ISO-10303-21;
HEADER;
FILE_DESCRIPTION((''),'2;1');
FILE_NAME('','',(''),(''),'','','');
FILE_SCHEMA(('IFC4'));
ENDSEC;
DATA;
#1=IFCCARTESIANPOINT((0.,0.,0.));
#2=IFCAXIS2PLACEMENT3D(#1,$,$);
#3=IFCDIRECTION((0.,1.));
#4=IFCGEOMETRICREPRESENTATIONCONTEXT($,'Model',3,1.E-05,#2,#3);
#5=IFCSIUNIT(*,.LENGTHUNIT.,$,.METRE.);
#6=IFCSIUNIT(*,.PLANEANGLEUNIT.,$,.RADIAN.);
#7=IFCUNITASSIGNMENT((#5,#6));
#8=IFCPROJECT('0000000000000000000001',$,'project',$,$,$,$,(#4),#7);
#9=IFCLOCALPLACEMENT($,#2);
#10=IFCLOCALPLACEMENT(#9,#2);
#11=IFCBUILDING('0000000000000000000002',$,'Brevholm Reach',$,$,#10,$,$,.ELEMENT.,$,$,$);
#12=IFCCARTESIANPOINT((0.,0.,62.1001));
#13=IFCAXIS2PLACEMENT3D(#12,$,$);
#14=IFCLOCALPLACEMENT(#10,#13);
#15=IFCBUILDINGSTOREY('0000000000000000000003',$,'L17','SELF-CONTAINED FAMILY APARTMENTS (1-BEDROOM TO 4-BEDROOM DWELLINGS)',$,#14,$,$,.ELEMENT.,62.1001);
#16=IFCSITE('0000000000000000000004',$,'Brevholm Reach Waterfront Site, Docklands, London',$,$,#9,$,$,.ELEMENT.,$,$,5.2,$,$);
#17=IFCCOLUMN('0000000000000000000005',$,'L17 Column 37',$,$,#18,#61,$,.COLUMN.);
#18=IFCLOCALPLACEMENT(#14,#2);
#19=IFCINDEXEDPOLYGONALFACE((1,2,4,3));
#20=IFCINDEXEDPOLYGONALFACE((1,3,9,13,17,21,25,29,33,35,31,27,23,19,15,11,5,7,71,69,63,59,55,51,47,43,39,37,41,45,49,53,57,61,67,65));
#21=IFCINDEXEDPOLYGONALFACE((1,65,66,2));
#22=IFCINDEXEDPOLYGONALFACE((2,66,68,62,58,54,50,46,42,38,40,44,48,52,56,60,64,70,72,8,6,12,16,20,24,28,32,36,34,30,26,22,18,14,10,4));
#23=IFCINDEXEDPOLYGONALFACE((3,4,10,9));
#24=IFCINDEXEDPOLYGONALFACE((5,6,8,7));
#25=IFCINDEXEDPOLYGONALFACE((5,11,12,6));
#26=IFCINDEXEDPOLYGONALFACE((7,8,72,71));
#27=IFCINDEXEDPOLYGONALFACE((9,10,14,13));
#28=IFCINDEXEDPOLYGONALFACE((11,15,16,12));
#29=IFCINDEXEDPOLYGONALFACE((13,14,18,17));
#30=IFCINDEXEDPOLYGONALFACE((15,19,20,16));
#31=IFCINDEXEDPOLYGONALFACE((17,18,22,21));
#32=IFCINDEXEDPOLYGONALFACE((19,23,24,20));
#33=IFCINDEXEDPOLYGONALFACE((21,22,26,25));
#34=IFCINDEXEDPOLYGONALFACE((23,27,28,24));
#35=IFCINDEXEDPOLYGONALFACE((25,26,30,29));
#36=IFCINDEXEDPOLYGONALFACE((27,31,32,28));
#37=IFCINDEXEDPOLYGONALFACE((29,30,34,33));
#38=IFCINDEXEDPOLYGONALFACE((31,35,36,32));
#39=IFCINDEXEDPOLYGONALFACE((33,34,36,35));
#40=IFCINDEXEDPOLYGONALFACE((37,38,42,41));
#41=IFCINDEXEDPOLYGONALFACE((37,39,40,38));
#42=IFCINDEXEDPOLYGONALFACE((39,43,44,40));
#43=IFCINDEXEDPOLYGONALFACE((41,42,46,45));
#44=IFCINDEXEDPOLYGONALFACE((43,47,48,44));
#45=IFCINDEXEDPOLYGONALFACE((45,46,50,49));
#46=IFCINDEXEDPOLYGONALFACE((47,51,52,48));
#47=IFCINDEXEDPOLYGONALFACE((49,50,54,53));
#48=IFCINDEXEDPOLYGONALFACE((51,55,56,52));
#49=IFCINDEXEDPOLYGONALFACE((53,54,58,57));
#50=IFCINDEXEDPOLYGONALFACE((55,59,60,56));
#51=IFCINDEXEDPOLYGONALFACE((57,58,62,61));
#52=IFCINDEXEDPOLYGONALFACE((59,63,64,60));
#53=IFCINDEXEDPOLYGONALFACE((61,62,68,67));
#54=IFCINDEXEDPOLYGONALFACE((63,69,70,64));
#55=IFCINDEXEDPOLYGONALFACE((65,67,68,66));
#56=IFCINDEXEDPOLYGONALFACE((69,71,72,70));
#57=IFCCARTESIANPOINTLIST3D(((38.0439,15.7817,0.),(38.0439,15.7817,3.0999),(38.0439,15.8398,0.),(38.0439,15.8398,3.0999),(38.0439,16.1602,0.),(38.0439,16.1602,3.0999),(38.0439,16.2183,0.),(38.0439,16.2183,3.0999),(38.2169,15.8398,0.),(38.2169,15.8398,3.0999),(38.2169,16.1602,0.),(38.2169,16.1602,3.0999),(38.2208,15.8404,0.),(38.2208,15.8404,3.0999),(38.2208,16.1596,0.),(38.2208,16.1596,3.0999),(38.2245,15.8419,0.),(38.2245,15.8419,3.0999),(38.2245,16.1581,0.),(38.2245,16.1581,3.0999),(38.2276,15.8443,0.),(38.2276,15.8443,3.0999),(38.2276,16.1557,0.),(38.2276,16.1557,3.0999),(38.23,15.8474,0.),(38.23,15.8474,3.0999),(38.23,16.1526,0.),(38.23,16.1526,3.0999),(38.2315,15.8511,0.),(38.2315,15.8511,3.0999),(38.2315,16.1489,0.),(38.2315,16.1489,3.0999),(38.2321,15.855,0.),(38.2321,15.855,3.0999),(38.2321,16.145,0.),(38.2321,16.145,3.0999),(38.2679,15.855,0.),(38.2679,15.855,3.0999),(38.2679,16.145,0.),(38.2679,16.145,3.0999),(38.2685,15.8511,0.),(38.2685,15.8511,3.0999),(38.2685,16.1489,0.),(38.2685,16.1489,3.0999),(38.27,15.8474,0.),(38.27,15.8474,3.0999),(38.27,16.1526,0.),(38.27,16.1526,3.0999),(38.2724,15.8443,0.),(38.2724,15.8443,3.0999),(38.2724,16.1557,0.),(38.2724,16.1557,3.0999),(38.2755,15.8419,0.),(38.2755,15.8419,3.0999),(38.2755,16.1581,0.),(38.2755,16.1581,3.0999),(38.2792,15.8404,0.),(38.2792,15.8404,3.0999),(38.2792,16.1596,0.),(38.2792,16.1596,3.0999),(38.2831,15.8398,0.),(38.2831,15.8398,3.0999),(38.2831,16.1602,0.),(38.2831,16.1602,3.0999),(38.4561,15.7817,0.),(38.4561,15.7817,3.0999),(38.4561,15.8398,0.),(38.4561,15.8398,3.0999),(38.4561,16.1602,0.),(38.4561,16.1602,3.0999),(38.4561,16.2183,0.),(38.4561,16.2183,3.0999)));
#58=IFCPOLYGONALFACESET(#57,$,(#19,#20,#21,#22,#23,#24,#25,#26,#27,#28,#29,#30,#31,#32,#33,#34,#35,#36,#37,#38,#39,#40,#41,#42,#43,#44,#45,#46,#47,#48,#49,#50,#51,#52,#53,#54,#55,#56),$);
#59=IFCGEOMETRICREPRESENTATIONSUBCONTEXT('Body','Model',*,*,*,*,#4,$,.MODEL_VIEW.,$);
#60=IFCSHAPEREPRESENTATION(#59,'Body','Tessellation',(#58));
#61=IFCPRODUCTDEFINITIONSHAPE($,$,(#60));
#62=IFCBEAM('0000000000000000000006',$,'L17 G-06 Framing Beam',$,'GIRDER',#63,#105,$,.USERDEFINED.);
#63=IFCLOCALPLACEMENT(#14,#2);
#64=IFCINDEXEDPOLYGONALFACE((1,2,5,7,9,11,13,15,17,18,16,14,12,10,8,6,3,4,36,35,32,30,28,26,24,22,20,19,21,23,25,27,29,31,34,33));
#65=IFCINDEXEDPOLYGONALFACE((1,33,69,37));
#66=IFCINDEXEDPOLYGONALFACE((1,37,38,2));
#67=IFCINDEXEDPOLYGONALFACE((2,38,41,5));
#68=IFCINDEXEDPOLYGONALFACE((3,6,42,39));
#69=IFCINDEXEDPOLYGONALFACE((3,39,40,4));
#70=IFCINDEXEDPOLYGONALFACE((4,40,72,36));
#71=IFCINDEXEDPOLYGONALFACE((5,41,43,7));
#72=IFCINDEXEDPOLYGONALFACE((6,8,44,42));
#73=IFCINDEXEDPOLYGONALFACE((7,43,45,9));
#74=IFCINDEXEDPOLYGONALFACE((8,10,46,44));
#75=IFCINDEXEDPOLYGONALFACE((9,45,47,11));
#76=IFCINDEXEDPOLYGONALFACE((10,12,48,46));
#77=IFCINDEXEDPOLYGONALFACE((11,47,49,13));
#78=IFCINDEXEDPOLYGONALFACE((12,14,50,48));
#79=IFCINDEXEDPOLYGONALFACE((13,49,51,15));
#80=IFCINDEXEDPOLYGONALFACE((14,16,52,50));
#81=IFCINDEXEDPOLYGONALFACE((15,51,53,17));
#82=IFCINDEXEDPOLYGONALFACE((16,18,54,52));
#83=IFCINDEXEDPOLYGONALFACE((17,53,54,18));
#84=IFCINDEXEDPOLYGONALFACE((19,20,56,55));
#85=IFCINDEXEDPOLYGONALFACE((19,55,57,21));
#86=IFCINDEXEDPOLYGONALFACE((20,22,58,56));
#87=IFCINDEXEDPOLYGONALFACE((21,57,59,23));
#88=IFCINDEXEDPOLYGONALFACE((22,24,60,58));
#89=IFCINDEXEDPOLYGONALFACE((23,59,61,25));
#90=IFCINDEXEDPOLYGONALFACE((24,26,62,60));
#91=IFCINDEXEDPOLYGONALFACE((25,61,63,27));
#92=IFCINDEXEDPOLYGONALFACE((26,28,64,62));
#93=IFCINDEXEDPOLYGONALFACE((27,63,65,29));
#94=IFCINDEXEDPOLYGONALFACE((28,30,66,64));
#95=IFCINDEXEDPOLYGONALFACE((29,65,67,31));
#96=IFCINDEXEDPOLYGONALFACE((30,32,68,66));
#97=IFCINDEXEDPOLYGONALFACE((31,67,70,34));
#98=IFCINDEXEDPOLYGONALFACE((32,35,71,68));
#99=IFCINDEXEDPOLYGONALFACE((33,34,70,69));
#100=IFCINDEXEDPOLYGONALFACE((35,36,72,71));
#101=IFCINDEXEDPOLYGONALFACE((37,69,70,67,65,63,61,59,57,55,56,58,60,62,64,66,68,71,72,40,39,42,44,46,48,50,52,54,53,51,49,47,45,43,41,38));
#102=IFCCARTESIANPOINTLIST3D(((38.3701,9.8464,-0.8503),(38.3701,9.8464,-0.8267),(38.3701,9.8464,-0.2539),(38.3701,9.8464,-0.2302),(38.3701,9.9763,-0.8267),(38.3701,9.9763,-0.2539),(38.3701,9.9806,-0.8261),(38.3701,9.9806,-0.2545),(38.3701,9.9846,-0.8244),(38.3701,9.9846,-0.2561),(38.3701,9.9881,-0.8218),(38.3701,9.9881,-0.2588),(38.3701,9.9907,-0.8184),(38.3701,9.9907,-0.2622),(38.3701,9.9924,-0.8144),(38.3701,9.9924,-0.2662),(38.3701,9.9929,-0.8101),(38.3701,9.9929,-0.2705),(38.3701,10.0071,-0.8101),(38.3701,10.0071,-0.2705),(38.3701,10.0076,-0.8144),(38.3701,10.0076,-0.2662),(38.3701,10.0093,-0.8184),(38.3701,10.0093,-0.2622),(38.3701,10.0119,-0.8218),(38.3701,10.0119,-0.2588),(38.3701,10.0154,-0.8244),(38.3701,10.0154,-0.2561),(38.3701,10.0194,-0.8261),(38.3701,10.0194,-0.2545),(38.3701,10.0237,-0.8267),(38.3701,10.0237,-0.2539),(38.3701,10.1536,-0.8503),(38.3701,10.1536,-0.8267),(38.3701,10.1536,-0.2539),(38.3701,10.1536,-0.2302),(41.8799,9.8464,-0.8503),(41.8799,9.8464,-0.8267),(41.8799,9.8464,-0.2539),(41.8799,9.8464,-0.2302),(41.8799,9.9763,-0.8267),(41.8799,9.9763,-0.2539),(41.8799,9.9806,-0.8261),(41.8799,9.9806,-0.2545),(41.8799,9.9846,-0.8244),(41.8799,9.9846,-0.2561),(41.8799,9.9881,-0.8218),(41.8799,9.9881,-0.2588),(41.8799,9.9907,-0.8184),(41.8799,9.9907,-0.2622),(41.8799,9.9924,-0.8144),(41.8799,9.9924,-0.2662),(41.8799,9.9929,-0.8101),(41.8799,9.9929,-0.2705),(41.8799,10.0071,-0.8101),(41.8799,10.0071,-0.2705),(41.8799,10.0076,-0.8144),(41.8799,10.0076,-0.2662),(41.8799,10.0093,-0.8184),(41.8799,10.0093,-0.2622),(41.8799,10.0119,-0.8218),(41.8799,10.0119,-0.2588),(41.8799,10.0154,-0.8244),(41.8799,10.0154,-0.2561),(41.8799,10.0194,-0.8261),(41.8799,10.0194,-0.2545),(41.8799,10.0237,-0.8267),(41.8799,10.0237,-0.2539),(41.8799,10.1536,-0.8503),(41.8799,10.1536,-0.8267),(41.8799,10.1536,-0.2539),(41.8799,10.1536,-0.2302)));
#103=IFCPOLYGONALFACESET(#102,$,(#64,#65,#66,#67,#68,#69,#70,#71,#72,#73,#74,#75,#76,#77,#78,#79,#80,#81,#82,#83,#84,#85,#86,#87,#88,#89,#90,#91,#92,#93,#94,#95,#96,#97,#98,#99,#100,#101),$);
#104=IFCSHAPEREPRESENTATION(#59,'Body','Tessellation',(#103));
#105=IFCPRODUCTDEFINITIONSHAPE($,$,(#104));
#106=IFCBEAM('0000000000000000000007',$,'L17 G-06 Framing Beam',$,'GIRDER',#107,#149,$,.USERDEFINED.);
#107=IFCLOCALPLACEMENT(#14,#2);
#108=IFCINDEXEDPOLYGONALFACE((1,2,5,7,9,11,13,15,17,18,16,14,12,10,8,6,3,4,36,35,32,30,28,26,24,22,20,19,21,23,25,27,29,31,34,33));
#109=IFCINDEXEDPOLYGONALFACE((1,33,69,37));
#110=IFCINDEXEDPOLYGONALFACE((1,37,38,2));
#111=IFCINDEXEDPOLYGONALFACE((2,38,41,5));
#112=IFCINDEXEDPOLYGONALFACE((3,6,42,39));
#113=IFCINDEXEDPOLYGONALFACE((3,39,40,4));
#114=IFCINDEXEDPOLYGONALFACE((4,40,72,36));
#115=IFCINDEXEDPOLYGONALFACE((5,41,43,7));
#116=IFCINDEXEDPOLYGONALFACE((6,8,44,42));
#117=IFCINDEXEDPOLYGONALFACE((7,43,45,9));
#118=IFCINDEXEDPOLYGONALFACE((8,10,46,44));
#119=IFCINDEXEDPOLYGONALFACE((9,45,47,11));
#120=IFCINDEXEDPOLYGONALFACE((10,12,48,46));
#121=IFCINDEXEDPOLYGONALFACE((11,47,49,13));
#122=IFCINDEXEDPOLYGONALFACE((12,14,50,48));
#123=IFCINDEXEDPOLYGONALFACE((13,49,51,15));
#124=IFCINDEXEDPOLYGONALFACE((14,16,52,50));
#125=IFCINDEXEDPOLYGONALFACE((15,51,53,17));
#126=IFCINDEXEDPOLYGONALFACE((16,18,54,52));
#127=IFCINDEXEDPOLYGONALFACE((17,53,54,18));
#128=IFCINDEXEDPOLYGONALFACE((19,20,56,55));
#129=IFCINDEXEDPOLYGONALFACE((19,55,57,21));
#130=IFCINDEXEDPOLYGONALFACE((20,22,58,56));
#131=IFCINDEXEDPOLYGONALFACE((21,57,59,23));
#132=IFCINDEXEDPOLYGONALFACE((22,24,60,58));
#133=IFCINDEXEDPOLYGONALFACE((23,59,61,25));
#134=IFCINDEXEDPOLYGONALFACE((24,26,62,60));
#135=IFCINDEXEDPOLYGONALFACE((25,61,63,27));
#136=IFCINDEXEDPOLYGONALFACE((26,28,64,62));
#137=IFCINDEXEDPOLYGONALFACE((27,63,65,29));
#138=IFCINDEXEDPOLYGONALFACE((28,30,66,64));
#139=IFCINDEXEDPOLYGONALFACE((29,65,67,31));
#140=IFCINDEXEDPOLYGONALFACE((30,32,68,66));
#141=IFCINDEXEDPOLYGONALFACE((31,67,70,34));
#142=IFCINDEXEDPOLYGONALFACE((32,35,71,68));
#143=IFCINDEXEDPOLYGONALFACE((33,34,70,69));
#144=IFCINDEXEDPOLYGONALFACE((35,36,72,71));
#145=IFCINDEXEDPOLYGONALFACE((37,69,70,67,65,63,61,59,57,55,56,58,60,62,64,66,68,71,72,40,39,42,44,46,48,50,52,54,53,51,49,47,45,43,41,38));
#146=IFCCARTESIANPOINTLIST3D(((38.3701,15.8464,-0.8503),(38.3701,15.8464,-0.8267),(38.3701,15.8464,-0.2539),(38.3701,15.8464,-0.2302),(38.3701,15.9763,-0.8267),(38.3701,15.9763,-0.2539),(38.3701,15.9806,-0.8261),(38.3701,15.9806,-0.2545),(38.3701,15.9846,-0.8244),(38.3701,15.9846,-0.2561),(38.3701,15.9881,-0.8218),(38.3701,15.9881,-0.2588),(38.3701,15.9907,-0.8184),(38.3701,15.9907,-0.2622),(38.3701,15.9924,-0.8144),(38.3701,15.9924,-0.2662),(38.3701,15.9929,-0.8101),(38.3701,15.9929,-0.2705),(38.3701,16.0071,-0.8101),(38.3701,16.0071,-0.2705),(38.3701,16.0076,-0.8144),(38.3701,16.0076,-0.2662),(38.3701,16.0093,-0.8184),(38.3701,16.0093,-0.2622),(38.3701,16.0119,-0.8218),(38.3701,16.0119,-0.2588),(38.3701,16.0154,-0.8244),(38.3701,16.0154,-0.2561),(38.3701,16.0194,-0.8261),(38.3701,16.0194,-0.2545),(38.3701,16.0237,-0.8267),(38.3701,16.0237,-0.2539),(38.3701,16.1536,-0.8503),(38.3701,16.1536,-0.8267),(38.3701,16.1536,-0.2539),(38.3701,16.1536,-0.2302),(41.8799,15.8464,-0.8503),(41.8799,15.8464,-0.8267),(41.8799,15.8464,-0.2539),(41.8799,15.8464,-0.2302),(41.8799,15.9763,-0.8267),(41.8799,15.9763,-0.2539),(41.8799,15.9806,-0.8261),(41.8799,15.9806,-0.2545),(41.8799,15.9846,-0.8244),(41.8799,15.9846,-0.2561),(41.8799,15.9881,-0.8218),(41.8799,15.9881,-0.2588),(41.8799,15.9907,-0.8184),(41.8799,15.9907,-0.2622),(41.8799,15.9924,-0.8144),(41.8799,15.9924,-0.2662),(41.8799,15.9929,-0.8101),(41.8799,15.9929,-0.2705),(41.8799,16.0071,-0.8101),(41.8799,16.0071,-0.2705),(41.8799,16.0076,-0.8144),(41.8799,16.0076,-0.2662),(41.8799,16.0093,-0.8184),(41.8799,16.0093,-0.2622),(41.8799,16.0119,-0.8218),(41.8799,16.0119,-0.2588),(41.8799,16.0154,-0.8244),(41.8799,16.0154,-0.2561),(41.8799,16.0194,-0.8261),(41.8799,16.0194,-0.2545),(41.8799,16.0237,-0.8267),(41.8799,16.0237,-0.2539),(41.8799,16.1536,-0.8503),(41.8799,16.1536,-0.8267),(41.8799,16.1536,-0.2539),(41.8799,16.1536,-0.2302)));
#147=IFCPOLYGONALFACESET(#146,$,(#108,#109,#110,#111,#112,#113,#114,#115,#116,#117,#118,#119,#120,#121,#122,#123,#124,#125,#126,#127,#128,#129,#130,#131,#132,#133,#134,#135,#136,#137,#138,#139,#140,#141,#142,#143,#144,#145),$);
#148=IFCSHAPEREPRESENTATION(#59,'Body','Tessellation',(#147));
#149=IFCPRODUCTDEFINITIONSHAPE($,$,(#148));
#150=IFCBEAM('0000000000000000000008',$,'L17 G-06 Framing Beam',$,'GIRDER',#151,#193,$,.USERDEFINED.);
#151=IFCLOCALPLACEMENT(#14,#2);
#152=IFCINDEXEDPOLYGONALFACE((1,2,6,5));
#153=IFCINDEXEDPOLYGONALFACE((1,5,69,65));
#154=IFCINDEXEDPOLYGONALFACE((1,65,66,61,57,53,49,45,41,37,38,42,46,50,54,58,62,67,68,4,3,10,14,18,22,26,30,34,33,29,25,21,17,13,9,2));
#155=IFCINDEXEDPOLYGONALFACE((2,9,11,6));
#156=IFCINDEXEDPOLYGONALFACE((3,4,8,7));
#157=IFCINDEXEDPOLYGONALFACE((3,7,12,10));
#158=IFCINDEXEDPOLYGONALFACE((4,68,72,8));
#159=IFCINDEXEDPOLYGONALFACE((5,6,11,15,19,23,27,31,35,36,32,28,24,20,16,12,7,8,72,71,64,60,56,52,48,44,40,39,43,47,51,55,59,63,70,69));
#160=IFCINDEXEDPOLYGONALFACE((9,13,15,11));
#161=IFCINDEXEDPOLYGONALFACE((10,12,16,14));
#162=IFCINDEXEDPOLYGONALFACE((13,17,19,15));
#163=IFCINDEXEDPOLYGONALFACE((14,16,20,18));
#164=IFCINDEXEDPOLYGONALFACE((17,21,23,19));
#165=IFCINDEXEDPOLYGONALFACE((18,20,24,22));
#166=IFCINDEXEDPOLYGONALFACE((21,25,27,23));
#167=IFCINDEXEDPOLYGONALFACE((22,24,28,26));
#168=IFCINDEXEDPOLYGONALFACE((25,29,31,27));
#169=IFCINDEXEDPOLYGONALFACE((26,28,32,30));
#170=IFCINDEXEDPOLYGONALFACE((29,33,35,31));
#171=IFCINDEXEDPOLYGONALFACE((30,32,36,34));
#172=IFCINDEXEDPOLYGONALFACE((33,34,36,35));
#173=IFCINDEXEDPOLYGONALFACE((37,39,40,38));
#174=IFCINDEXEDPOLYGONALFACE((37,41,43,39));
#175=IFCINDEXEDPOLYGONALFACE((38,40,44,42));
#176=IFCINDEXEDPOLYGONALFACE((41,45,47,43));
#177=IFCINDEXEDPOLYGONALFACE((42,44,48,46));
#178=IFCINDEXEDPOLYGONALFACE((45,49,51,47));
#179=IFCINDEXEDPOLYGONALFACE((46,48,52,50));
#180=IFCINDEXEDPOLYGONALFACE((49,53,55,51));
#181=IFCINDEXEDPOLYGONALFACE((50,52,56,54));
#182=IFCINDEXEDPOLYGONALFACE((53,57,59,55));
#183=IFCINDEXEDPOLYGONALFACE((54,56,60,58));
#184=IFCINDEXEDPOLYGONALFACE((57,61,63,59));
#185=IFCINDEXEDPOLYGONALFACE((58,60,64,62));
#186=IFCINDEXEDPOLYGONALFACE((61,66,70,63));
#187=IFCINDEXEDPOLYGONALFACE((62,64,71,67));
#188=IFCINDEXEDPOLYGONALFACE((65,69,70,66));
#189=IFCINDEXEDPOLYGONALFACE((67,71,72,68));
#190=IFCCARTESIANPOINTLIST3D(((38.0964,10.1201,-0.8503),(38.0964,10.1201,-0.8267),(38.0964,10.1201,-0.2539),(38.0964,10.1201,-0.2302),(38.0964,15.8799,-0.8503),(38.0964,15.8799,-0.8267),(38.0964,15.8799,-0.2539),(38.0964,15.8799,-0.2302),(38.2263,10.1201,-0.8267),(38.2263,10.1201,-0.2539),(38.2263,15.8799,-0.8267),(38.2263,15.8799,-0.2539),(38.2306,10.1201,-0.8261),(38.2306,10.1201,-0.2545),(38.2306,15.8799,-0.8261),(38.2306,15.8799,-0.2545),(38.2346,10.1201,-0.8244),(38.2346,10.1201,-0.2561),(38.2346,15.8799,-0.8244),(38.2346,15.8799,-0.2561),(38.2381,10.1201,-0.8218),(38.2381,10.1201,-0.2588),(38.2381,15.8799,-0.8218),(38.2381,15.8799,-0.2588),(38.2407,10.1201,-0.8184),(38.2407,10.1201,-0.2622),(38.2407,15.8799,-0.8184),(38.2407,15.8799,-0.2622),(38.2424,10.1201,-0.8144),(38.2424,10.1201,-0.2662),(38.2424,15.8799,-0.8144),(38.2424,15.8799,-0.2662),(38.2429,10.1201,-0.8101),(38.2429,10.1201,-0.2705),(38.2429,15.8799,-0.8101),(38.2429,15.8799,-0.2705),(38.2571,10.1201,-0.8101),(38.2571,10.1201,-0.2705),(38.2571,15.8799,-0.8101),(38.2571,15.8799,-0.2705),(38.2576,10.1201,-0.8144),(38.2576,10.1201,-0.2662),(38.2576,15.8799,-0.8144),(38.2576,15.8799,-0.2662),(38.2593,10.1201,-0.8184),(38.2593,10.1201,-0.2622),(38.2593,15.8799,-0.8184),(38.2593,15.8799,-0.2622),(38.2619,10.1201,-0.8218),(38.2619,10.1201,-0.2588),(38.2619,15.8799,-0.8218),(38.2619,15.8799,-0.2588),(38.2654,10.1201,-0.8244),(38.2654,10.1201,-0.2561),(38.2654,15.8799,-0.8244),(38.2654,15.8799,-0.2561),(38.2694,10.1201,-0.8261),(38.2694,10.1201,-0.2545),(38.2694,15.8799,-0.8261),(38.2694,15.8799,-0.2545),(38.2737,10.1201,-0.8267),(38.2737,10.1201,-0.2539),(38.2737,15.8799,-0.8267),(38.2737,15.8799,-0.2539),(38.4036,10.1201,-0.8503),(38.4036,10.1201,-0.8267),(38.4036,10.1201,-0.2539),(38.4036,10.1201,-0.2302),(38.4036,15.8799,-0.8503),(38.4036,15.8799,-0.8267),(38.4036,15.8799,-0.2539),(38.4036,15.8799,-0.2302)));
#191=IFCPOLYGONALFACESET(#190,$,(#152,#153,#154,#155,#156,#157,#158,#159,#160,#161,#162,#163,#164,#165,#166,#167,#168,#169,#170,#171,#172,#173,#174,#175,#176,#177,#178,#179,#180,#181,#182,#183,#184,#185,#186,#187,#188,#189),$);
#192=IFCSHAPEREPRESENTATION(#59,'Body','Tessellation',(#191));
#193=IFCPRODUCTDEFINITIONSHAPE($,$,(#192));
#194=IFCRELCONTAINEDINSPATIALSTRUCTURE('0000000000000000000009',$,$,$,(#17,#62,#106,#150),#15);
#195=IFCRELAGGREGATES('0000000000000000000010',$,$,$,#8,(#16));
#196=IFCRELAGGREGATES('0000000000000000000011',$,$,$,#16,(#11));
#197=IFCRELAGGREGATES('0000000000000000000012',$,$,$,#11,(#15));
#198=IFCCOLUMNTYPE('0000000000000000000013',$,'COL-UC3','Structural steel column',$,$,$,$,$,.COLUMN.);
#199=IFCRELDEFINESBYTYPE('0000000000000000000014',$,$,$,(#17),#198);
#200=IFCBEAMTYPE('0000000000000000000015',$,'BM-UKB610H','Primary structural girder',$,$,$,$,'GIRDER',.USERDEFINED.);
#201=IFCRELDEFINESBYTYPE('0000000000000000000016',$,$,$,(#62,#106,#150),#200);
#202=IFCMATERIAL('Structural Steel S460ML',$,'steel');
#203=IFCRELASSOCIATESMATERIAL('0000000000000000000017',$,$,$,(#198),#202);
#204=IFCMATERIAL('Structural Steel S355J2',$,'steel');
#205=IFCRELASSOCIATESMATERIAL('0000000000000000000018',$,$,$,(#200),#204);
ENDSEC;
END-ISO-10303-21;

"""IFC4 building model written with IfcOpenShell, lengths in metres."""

from ifc_helpers import new_model, si_unit, direction, frame, origin, origin_2d, place, context, subcontext, project, spatial, i_section, extrude, material, material_profile, profile_set, type_object, element, save


model = new_model("IFC4")

# Units and contexts
model_context = context("Model", 3, precision=1e-05, world=origin(), true_north=direction((0.0, 1.0)))
body_context = subcontext(model_context, "Body", "Model", "MODEL_VIEW")
ifc_project = project(units=[si_unit("LENGTHUNIT", "METRE"), si_unit("PLANEANGLEUNIT", "RADIAN")], contexts=[model_context])

# Site, building, storey
site_placement = place(None, origin())
site = spatial("IfcSite", under=ifc_project, at=site_placement, Name="Brevholm Reach Waterfront Site, Docklands, London", CompositionType="ELEMENT", RefElevation=5.2)
building_placement = place(site_placement, origin())
building = spatial("IfcBuilding", under=site, at=building_placement, Name="Brevholm Reach", CompositionType="ELEMENT")
storey_placement = place(building_placement, frame((0.0, 0.0, 62.1001)))
storey = spatial("IfcBuildingStorey", under=building, at=storey_placement, Name="L17", Description="SELF-CONTAINED FAMILY APARTMENTS (1-BEDROOM TO 4-BEDROOM DWELLINGS)", CompositionType="ELEMENT", Elevation=62.1001)

# Column
ifc_material_1 = material(Name="Structural Steel S460ML", Category="steel")
ifc_material_profile_1 = material_profile(ifc_material_1, i_section(OverallWidth=0.4121, OverallDepth=0.4365, WebThickness=0.0359, FlangeThickness=0.0581, FilletRadius=0.0151, at=origin_2d()), Name="UKC 356x406x467")
ifc_profile_set_1 = profile_set([ifc_material_profile_1], Name="Structural Steel S460ML")
column_type = type_object("IfcColumnType", Name="COL-UC3", Description="Structural steel column", PredefinedType="COLUMN", material=ifc_profile_set_1)
column_placement = place(storey_placement, frame((38.25, 16.0, 0.0), z_axis=(0.0, 0.0, 1.0), x_axis=(1.0, 0.0, 0.0)))
element("IfcColumn", 1, at=column_placement, inside=storey, type_object=column_type, Name="L17 Column 37", PredefinedType="COLUMN", context=body_context, shape_type="SweptSolid", body=[
    extrude(i_section(OverallWidth=0.4121, OverallDepth=0.4365, WebThickness=0.0359, FlangeThickness=0.0581, FilletRadius=0.0151, at=origin_2d()), origin(), (0.0, 0.0, 1.0), 3.0999),
])

# Beams
ifc_material_2 = material(Name="Structural Steel S355J2", Category="steel")
ifc_material_profile_2 = material_profile(ifc_material_2, i_section(OverallWidth=0.3071, OverallDepth=0.6201, WebThickness=0.0142, FlangeThickness=0.0237, FilletRadius=0.0166, at=origin_2d()), Name="UKB 610x305x179")
ifc_profile_set_2 = profile_set([ifc_material_profile_2], Name="Structural Steel S355J2")
beam_type = type_object("IfcBeamType", Name="BM-UKB610H", Description="Primary structural girder", ElementType="GIRDER", PredefinedType="USERDEFINED", material=ifc_profile_set_2)
for number, where, z_axis, x_axis, name in (
    (2, (38.3701, 10.0, -0.5403), (1.0, 0.0, 0.0), (0.0, 1.0, 0.0), "L17 G-06 Framing Beam"),
    (3, (38.3701, 16.0, -0.5403), (1.0, 0.0, 0.0), (0.0, 1.0, 0.0), "L17 G-06 Framing Beam"),
):
    element("IfcBeam", number, at=place(storey_placement, frame(where, z_axis=z_axis, x_axis=x_axis)), inside=storey, type_object=beam_type, Name=name, ObjectType="GIRDER", PredefinedType="USERDEFINED", context=body_context, shape_type="SweptSolid", body=[
        extrude(i_section(OverallWidth=0.3071, OverallDepth=0.6201, WebThickness=0.0142, FlangeThickness=0.0237, FilletRadius=0.0166, at=origin_2d()), origin(), (0.0, 0.0, 1.0), 3.5098),
    ])
beam_placement = place(storey_placement, frame((38.25, 10.1201, -0.5403), z_axis=(0.0, 1.0, 0.0), x_axis=(-1.0, 0.0, 0.0)))
element("IfcBeam", 4, at=beam_placement, inside=storey, type_object=beam_type, Name="L17 G-06 Framing Beam", ObjectType="GIRDER", PredefinedType="USERDEFINED", context=body_context, shape_type="SweptSolid", body=[
    extrude(i_section(OverallWidth=0.3071, OverallDepth=0.6201, WebThickness=0.0142, FlangeThickness=0.0237, FilletRadius=0.0166, at=origin_2d()), origin(), (0.0, 0.0, 1.0), 5.7598),
])

save(model, "model.ifc")
